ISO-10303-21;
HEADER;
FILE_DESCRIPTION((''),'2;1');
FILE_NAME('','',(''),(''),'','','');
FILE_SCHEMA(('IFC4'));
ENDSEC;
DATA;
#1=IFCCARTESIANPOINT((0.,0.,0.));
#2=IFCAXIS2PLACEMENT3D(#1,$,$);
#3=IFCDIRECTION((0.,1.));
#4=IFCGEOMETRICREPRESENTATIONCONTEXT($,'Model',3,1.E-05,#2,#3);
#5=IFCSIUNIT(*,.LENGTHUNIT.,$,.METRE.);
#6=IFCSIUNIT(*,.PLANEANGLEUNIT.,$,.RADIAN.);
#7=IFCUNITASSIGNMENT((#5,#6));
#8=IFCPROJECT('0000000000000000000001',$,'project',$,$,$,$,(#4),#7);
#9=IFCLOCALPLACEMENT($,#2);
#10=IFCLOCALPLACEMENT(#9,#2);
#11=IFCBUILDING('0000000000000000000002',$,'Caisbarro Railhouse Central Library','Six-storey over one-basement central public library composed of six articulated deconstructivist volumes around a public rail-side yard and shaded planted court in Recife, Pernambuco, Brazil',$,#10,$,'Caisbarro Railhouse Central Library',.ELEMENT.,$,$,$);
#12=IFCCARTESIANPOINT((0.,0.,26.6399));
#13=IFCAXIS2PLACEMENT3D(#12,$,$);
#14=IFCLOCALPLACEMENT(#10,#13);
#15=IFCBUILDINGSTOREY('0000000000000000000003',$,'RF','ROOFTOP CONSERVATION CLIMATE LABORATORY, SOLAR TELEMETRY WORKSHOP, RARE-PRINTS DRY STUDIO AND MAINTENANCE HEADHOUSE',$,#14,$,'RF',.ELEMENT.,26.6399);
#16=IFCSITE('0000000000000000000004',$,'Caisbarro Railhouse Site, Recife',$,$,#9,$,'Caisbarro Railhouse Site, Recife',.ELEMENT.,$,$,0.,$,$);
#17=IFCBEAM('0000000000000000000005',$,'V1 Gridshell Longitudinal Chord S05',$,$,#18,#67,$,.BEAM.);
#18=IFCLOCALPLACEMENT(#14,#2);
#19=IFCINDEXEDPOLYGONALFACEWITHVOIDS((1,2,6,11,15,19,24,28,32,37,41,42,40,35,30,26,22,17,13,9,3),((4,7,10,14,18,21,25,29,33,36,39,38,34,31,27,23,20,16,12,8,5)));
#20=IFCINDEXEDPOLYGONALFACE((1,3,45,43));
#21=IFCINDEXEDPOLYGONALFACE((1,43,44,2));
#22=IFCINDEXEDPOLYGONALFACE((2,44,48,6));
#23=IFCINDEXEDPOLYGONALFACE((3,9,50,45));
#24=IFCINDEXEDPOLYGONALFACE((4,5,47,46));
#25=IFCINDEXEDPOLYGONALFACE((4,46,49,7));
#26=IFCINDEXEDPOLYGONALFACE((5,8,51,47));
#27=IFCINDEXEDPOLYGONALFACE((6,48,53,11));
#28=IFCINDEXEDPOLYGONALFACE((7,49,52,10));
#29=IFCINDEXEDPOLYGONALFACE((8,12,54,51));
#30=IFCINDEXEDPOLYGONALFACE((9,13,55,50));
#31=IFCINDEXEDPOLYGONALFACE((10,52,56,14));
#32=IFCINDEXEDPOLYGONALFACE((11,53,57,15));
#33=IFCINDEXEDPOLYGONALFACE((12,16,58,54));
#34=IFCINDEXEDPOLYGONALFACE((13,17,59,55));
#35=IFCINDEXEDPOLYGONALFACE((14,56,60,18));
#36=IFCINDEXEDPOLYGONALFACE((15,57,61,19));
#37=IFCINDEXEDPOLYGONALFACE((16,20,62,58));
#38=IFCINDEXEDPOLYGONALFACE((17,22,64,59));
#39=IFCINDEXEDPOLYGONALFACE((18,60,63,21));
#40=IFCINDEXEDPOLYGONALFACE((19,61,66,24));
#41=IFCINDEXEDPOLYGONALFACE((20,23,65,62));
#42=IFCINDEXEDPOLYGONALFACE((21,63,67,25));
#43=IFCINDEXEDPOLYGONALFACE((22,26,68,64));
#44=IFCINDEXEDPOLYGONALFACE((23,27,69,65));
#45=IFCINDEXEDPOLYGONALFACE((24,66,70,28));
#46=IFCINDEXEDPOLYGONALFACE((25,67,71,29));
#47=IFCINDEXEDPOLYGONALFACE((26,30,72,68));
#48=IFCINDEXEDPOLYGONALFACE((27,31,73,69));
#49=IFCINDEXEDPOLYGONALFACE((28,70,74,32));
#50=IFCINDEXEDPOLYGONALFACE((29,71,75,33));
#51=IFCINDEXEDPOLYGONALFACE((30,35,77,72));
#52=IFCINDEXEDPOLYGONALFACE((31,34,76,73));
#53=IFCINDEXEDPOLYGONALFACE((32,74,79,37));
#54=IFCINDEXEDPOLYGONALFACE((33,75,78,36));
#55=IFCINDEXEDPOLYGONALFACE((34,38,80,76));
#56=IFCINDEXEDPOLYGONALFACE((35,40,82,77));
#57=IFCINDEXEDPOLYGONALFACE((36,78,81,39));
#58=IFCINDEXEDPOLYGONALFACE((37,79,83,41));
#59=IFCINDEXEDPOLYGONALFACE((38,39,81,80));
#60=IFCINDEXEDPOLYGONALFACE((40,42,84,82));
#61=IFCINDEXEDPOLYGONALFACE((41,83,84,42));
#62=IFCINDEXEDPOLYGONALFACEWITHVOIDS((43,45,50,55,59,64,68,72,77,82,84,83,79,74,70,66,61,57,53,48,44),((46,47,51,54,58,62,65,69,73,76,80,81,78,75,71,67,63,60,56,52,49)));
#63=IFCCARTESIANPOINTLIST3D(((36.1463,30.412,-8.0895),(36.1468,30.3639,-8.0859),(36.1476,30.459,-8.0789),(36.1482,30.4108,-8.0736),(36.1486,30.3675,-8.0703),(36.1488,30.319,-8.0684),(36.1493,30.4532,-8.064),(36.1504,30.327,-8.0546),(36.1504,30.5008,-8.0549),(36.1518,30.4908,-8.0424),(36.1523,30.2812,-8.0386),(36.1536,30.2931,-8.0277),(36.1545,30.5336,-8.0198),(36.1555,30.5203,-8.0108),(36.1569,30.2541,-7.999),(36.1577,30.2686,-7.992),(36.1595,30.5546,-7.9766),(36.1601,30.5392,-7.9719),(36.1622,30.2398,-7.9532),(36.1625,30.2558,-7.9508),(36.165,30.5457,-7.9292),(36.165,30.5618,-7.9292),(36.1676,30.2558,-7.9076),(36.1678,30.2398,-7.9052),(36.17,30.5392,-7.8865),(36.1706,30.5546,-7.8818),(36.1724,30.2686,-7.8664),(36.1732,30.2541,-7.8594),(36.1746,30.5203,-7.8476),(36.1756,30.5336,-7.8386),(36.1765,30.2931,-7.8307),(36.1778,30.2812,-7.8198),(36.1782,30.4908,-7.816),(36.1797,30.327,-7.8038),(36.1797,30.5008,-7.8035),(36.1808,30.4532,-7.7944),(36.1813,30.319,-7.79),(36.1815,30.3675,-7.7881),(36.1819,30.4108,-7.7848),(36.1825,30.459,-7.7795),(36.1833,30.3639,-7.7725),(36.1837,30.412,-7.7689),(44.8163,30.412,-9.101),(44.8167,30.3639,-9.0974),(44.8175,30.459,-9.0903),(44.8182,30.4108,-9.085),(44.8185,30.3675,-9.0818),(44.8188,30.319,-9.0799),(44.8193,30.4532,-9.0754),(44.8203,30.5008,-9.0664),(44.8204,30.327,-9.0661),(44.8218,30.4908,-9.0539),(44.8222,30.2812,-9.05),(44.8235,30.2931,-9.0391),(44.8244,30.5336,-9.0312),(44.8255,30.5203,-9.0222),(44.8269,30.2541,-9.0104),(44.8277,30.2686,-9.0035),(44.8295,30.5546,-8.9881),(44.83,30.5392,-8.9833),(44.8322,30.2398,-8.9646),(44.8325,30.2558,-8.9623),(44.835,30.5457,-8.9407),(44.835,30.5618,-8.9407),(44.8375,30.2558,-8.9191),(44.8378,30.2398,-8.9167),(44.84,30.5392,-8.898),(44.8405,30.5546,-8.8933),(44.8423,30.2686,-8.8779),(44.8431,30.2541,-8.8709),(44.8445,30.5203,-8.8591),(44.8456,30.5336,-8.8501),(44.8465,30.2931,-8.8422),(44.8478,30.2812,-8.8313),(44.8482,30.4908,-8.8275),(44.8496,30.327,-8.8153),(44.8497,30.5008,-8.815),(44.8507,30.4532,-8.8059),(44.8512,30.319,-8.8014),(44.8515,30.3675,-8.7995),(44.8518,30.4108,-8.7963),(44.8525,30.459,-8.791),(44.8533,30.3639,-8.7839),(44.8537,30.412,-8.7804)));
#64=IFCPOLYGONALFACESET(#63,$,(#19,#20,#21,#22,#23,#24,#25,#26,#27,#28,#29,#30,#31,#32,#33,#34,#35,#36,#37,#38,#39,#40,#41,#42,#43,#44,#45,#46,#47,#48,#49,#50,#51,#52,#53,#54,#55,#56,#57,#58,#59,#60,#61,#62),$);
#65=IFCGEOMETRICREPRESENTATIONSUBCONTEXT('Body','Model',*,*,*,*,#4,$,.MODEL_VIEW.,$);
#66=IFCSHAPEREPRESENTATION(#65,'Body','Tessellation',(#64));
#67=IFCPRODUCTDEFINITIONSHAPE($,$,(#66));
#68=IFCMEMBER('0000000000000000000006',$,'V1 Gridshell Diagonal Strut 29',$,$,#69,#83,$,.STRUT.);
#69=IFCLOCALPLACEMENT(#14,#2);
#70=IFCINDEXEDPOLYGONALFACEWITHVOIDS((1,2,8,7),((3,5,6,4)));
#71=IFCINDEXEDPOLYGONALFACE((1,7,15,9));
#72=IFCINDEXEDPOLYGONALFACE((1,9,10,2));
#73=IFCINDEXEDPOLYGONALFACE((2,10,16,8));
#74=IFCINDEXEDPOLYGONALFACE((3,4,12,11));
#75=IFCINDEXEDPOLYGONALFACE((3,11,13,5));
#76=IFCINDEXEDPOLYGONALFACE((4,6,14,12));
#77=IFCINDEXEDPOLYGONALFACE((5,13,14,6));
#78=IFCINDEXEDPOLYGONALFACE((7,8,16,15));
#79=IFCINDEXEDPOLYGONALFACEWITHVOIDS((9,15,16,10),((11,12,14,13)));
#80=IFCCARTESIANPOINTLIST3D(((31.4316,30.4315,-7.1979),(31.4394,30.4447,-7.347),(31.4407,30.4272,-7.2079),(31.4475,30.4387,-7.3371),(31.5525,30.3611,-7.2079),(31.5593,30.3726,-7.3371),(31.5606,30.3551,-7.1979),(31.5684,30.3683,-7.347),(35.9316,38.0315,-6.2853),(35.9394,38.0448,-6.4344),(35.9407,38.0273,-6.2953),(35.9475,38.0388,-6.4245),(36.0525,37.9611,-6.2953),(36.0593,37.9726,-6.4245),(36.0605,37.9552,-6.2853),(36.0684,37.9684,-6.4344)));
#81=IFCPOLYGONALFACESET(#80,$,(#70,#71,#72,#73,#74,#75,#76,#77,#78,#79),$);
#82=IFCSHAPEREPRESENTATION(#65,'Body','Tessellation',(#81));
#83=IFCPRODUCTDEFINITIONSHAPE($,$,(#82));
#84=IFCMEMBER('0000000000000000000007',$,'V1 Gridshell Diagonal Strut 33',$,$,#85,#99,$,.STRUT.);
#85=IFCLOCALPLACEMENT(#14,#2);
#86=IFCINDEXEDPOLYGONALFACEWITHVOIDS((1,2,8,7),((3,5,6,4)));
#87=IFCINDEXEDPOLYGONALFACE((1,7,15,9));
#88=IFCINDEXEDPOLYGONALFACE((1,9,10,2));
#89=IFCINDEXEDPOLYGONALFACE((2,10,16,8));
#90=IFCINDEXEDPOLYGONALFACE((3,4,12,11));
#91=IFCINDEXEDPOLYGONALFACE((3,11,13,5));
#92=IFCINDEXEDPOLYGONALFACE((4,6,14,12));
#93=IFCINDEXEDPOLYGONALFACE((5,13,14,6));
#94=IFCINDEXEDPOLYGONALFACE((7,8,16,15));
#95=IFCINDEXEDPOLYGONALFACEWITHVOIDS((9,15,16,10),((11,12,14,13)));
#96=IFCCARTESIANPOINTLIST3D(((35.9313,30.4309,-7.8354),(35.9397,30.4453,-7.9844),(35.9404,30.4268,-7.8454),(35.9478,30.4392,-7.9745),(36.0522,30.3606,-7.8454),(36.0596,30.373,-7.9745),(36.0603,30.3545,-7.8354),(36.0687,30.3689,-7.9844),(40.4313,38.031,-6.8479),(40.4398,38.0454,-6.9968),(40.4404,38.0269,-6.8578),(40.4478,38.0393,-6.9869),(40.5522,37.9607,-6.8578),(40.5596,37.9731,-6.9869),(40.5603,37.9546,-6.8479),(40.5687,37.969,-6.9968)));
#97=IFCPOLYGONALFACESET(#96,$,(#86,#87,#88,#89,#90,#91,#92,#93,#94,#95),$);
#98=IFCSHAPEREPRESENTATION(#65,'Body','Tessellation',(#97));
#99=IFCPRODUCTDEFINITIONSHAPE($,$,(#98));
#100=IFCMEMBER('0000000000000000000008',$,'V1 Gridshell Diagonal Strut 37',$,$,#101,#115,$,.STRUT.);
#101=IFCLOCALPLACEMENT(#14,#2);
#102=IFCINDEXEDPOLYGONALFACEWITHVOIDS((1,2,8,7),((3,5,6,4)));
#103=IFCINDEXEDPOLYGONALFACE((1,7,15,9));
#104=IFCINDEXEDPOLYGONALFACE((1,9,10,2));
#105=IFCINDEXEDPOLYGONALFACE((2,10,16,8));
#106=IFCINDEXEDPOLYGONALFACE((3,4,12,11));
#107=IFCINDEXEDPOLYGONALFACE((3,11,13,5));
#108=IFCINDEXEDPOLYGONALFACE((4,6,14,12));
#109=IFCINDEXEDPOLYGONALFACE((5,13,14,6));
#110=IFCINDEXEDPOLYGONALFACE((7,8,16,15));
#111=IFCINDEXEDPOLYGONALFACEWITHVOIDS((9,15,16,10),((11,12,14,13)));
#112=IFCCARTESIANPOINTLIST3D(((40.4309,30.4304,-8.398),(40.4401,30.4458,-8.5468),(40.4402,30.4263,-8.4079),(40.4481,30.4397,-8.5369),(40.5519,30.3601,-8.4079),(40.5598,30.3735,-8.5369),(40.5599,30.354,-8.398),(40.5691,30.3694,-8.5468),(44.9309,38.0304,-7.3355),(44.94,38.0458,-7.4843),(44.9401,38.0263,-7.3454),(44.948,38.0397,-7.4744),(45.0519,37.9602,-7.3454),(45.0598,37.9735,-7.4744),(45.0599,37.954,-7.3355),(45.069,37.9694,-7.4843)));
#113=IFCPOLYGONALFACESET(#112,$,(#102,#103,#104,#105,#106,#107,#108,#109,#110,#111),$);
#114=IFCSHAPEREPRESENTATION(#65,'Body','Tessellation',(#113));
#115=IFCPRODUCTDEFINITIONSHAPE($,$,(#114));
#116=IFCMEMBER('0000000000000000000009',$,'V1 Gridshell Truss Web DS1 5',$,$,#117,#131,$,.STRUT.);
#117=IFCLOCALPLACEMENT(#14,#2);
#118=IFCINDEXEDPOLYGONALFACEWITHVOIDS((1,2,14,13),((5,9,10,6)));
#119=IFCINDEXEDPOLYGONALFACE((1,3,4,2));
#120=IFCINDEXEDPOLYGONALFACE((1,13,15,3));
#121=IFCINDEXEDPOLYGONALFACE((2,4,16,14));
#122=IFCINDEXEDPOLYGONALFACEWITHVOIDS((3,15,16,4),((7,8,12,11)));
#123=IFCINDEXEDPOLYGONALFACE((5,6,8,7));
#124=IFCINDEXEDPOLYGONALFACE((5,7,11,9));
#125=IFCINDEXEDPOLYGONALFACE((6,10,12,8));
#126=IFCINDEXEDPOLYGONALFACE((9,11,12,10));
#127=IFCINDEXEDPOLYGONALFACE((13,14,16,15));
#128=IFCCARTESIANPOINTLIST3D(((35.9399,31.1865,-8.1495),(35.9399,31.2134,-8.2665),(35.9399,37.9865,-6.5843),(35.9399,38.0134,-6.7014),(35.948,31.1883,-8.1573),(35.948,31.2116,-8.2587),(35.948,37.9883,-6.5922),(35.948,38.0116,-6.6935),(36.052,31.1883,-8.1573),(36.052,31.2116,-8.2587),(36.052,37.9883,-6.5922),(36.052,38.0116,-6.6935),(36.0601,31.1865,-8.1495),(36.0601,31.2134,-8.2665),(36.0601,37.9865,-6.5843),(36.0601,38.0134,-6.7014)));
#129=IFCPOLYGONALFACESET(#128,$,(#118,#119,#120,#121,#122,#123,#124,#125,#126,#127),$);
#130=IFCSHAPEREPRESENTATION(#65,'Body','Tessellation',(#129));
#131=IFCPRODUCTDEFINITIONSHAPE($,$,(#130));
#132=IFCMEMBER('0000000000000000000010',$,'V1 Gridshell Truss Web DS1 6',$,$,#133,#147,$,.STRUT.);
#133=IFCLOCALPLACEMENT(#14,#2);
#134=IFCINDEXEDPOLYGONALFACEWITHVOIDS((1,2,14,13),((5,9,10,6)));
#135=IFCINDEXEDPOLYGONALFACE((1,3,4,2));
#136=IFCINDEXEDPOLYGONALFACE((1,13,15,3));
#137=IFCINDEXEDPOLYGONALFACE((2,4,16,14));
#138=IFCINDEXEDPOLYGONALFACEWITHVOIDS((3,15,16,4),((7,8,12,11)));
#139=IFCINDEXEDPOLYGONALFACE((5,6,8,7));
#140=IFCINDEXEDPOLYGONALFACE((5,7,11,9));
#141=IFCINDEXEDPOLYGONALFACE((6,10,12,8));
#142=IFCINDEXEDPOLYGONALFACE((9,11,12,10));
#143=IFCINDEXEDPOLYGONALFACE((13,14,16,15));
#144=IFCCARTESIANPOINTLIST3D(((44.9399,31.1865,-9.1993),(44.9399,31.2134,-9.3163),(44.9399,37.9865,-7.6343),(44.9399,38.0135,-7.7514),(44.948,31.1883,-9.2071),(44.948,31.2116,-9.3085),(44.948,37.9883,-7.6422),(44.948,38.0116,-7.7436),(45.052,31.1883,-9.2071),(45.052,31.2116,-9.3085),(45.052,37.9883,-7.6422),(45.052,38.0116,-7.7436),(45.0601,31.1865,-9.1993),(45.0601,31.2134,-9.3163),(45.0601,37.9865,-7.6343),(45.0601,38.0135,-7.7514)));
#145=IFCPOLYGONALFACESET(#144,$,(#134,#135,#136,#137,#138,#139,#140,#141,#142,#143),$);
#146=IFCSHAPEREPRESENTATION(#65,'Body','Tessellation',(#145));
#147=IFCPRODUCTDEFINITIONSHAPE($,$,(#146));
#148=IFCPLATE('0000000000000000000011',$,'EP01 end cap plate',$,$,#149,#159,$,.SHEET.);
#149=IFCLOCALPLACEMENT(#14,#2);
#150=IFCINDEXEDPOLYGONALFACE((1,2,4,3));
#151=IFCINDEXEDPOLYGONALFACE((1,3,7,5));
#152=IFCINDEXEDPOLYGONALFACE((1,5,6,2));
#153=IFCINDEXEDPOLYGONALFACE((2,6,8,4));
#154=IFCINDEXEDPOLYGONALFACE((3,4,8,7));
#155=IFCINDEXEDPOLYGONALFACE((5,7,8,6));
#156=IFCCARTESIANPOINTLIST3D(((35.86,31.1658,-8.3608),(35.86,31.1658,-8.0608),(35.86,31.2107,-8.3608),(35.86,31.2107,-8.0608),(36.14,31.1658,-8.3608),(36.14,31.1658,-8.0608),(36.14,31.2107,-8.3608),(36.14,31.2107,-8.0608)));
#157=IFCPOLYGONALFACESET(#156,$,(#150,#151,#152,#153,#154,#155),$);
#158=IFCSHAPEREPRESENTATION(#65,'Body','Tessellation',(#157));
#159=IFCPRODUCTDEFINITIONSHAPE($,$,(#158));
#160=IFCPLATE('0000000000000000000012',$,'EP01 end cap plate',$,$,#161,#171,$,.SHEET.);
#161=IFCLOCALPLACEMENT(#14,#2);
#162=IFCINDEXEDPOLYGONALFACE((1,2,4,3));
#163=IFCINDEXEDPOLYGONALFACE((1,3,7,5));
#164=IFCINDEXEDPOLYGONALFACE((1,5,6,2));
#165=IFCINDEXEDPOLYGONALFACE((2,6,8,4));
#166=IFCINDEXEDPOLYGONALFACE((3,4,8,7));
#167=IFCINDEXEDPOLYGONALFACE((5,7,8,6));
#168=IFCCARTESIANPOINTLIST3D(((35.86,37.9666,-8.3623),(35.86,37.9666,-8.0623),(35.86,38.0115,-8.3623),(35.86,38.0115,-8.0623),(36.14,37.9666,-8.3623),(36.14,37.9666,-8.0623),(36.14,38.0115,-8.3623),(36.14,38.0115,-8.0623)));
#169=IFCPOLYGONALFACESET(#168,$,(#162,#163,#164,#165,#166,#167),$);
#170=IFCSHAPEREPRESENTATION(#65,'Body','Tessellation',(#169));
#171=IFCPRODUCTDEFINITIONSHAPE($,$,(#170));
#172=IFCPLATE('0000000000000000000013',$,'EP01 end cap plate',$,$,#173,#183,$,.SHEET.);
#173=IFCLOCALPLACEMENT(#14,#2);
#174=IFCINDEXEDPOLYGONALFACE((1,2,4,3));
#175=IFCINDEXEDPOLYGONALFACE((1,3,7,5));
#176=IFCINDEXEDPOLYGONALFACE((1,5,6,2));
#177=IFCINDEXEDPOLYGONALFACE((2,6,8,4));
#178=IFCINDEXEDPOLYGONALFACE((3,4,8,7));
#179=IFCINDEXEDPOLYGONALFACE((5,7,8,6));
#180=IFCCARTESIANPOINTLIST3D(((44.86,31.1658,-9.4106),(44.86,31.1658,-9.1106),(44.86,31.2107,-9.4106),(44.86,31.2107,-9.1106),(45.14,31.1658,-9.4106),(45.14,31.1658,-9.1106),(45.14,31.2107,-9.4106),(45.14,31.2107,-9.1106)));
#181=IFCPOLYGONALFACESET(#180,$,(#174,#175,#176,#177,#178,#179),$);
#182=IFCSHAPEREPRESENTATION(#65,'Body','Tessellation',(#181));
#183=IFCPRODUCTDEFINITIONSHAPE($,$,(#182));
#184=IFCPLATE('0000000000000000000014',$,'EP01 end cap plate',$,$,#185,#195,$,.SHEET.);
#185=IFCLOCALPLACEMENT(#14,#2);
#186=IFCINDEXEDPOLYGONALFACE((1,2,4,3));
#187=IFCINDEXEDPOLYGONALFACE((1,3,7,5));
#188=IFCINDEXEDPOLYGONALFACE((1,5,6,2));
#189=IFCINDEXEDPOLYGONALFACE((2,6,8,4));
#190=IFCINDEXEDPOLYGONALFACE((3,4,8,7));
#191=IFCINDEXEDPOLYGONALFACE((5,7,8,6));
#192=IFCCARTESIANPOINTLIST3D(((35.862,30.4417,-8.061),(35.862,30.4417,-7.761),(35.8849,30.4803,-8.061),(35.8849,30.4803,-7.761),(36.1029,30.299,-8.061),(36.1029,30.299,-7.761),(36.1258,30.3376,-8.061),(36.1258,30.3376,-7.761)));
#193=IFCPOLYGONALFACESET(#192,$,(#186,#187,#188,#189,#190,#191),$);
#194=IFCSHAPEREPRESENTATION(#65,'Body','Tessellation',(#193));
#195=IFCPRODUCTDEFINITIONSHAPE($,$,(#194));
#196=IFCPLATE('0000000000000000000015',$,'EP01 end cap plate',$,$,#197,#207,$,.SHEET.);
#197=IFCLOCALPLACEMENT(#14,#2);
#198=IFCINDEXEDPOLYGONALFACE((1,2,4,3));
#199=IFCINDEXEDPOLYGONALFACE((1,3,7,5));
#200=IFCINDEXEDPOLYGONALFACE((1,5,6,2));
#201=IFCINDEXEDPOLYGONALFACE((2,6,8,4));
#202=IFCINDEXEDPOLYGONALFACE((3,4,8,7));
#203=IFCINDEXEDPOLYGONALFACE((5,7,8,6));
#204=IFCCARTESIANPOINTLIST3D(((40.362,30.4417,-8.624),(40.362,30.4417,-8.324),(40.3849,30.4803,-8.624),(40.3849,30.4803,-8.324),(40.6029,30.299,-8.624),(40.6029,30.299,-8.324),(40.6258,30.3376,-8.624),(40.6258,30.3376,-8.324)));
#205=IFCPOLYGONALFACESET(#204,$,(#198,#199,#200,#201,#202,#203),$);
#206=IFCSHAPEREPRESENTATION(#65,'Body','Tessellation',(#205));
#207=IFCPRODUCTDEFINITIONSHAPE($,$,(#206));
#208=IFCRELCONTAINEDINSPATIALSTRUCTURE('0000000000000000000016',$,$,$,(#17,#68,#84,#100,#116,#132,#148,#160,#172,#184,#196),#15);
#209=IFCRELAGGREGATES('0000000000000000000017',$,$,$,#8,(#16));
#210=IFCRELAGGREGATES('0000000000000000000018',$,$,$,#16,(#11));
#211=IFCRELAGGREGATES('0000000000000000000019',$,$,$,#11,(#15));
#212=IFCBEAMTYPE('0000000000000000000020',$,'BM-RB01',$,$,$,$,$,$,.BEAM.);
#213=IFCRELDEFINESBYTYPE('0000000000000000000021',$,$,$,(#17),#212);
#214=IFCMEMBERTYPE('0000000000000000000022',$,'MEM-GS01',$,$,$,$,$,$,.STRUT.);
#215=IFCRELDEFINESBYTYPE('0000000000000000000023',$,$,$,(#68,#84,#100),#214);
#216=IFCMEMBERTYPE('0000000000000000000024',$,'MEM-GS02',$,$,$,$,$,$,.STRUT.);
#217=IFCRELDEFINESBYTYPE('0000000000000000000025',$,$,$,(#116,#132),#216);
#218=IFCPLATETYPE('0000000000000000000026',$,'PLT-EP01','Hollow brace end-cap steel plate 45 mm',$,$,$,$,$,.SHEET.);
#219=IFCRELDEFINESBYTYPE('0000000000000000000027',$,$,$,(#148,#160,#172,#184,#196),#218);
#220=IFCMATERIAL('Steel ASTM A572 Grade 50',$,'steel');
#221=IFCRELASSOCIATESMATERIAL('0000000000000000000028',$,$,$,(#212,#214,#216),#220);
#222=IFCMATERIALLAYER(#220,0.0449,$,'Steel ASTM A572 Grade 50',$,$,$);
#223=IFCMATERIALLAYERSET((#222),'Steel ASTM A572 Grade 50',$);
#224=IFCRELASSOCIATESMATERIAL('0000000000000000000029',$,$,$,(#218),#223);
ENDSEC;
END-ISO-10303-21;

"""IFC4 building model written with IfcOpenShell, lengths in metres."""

from ifc_helpers import new_model, si_unit, direction, frame, origin, origin_2d, place, context, subcontext, project, spatial, rectangle, hollow_rectangle, hollow_circle, extrude, material, layer, layer_set, material_profile, profile_set, type_object, element, save


model = new_model("IFC4")

# Units and contexts
model_context = context("Model", 3, precision=1e-05, world=origin(), true_north=direction((0.0, 1.0)))
body_context = subcontext(model_context, "Body", "Model", "MODEL_VIEW")
ifc_project = project(units=[si_unit("LENGTHUNIT", "METRE"), si_unit("PLANEANGLEUNIT", "RADIAN")], contexts=[model_context])

# Site, building, storey
site_placement = place(None, origin())
site = spatial("IfcSite", under=ifc_project, at=site_placement, Name="Caisbarro Railhouse Site, Recife", LongName="Caisbarro Railhouse Site, Recife", CompositionType="ELEMENT", RefElevation=0.0)
building_placement = place(site_placement, origin())
building = spatial("IfcBuilding", under=site, at=building_placement, Name="Caisbarro Railhouse Central Library", Description="Six-storey over one-basement central public library composed of six articulated deconstructivist volumes around a public rail-side yard and shaded planted court in Recife, Pernambuco, Brazil", LongName="Caisbarro Railhouse Central Library", CompositionType="ELEMENT")
storey_placement = place(building_placement, frame((0.0, 0.0, 26.6399)))
storey = spatial("IfcBuildingStorey", under=building, at=storey_placement, Name="RF", Description="ROOFTOP CONSERVATION CLIMATE LABORATORY, SOLAR TELEMETRY WORKSHOP, RARE-PRINTS DRY STUDIO AND MAINTENANCE HEADHOUSE", LongName="RF", CompositionType="ELEMENT", Elevation=26.6399)

# Beam
ifc_material_1 = material(Name="Steel ASTM A572 Grade 50", Category="steel")
ifc_material_profile_1 = material_profile(ifc_material_1, hollow_circle(Radius=0.1619, WallThickness=0.0161, at=origin_2d()), Name="CHS323.9X16.0")
ifc_profile_set_1 = profile_set([ifc_material_profile_1], Name="Steel ASTM A572 Grade 50")
beam_type_1 = type_object("IfcBeamType", Name="BM-RB01", PredefinedType="BEAM", material=ifc_profile_set_1)
beam_placement = place(storey_placement, frame((36.165, 30.3999, -7.9292), z_axis=(0.993263, 0.0, -0.115879), x_axis=(0.0, 1.0, 0.0)))
element("IfcBeam", 1, at=beam_placement, inside=storey, type_object=beam_type_1, Name="V1 Gridshell Longitudinal Chord S05", PredefinedType="BEAM", context=body_context, shape_type="SweptSolid", body=[
    extrude(hollow_circle(Radius=0.1619, WallThickness=0.0161, at=origin_2d()), origin(), (0.0, 0.0, 1.0), 8.7288),
])

# Members
ifc_material_profile_2 = material_profile(ifc_material_1, hollow_rectangle(XDim=0.1499, YDim=0.1499, WallThickness=0.01, at=origin_2d()), Name="HSS150X150X10")
ifc_profile_set_2 = profile_set([ifc_material_profile_2], Name="Steel ASTM A572 Grade 50")
member_type_1 = type_object("IfcMemberType", Name="MEM-GS01", PredefinedType="STRUT", material=ifc_profile_set_2)
member_1_placement = place(storey_placement, frame((31.5, 30.3999, -7.2725), z_axis=(0.506789, 0.855922, 0.102777), x_axis=(-0.860478, 0.509487, 0.0)))
element("IfcMember", 2, at=member_1_placement, inside=storey, type_object=member_type_1, Name="V1 Gridshell Diagonal Strut 29", PredefinedType="STRUT", context=body_context, shape_type="SweptSolid", body=[
    extrude(hollow_rectangle(XDim=0.1499, YDim=0.1499, WallThickness=0.01, at=origin_2d()), origin(), (0.0, 0.0, 1.0), 8.8794),
])
member_2_placement = place(storey_placement, frame((36.0, 30.3999, -7.9099), z_axis=(0.506332, 0.85515, 0.111117), x_axis=(-0.860478, 0.509487, 0.0)))
element("IfcMember", 3, at=member_2_placement, inside=storey, type_object=member_type_1, Name="V1 Gridshell Diagonal Strut 33", PredefinedType="STRUT", context=body_context, shape_type="SweptSolid", body=[
    extrude(hollow_rectangle(XDim=0.1499, YDim=0.1499, WallThickness=0.01, at=origin_2d()), origin(), (0.0, 0.0, 1.0), 8.8875),
])
member_3_placement = place(storey_placement, frame((40.5, 30.3999, -8.4724), z_axis=(0.50584, 0.854319, 0.119435), x_axis=(-0.860478, 0.509487, 0.0)))
element("IfcMember", 4, at=member_3_placement, inside=storey, type_object=member_type_1, Name="V1 Gridshell Diagonal Strut 37", PredefinedType="STRUT", context=body_context, shape_type="SweptSolid", body=[
    extrude(hollow_rectangle(XDim=0.1499, YDim=0.1499, WallThickness=0.01, at=origin_2d()), origin(), (0.0, 0.0, 1.0), 8.896),
])
ifc_material_profile_3 = material_profile(ifc_material_1, hollow_rectangle(XDim=0.1201, YDim=0.1201, WallThickness=0.0081, at=origin_2d()), Name="HSS120X120X8")
ifc_profile_set_3 = profile_set([ifc_material_profile_3], Name="Steel ASTM A572 Grade 50")
member_type_2 = type_object("IfcMemberType", Name="MEM-GS02", PredefinedType="STRUT", material=ifc_profile_set_3)
for number, where, z_axis, x_axis, name in (
    (5, (36.0, 31.2, -8.208), (0.0, 0.974518, 0.224308), (-1.0, 0.0, 0.0), "V1 Gridshell Truss Web DS1 5"),
    (6, (45.0, 31.2, -9.2578), (0.0, 0.974526, 0.224274), (-1.0, 0.0, 0.0), "V1 Gridshell Truss Web DS1 6"),
):
    element("IfcMember", number, at=place(storey_placement, frame(where, z_axis=z_axis, x_axis=x_axis)), inside=storey, type_object=member_type_2, Name=name, PredefinedType="STRUT", context=body_context, shape_type="SweptSolid", body=[
        extrude(hollow_rectangle(XDim=0.1201, YDim=0.1201, WallThickness=0.0081, at=origin_2d()), origin(), (0.0, 0.0, 1.0), 6.9778),
    ])

# Plates
ifc_layer_1 = layer(ifc_material_1, 0.0449, Name="Steel ASTM A572 Grade 50")
ifc_layer_set_1 = layer_set([ifc_layer_1], Name="Steel ASTM A572 Grade 50")
plate_type = type_object("IfcPlateType", Name="PLT-EP01", Description="Hollow brace end-cap steel plate 45 mm", PredefinedType="SHEET", material=ifc_layer_set_1)
for number, where, z_axis, x_axis, name in (
    (7, (36.0, 31.1882, -8.3608), (0.0, 0.0, 1.0), (0.0, 1.0, 0.0), "EP01 end cap plate"),
    (8, (36.0, 37.989, -8.3623), (0.0, 0.0, 1.0), (0.0, 1.0, 0.0), "EP01 end cap plate"),
    (9, (45.0, 31.1882, -9.4106), (0.0, 0.0, 1.0), (0.0, 1.0, 0.0), "EP01 end cap plate"),
    (10, (35.9939, 30.3896, -8.061), (0.0, 0.0, 1.0), (0.509492, 0.860475, 0.0), "EP01 end cap plate"),
    (11, (40.4939, 30.3896, -8.624), (0.0, 0.0, 1.0), (0.509492, 0.860475, 0.0), "EP01 end cap plate"),
):
    element("IfcPlate", number, at=place(storey_placement, frame(where, z_axis=z_axis, x_axis=x_axis)), inside=storey, type_object=plate_type, Name=name, PredefinedType="SHEET", context=body_context, shape_type="SweptSolid", body=[
        extrude(rectangle(XDim=0.0449, YDim=0.28, at=origin_2d()), origin(), (0.0, 0.0, 1.0), 0.3),
    ])

save(model, "model.ifc")
